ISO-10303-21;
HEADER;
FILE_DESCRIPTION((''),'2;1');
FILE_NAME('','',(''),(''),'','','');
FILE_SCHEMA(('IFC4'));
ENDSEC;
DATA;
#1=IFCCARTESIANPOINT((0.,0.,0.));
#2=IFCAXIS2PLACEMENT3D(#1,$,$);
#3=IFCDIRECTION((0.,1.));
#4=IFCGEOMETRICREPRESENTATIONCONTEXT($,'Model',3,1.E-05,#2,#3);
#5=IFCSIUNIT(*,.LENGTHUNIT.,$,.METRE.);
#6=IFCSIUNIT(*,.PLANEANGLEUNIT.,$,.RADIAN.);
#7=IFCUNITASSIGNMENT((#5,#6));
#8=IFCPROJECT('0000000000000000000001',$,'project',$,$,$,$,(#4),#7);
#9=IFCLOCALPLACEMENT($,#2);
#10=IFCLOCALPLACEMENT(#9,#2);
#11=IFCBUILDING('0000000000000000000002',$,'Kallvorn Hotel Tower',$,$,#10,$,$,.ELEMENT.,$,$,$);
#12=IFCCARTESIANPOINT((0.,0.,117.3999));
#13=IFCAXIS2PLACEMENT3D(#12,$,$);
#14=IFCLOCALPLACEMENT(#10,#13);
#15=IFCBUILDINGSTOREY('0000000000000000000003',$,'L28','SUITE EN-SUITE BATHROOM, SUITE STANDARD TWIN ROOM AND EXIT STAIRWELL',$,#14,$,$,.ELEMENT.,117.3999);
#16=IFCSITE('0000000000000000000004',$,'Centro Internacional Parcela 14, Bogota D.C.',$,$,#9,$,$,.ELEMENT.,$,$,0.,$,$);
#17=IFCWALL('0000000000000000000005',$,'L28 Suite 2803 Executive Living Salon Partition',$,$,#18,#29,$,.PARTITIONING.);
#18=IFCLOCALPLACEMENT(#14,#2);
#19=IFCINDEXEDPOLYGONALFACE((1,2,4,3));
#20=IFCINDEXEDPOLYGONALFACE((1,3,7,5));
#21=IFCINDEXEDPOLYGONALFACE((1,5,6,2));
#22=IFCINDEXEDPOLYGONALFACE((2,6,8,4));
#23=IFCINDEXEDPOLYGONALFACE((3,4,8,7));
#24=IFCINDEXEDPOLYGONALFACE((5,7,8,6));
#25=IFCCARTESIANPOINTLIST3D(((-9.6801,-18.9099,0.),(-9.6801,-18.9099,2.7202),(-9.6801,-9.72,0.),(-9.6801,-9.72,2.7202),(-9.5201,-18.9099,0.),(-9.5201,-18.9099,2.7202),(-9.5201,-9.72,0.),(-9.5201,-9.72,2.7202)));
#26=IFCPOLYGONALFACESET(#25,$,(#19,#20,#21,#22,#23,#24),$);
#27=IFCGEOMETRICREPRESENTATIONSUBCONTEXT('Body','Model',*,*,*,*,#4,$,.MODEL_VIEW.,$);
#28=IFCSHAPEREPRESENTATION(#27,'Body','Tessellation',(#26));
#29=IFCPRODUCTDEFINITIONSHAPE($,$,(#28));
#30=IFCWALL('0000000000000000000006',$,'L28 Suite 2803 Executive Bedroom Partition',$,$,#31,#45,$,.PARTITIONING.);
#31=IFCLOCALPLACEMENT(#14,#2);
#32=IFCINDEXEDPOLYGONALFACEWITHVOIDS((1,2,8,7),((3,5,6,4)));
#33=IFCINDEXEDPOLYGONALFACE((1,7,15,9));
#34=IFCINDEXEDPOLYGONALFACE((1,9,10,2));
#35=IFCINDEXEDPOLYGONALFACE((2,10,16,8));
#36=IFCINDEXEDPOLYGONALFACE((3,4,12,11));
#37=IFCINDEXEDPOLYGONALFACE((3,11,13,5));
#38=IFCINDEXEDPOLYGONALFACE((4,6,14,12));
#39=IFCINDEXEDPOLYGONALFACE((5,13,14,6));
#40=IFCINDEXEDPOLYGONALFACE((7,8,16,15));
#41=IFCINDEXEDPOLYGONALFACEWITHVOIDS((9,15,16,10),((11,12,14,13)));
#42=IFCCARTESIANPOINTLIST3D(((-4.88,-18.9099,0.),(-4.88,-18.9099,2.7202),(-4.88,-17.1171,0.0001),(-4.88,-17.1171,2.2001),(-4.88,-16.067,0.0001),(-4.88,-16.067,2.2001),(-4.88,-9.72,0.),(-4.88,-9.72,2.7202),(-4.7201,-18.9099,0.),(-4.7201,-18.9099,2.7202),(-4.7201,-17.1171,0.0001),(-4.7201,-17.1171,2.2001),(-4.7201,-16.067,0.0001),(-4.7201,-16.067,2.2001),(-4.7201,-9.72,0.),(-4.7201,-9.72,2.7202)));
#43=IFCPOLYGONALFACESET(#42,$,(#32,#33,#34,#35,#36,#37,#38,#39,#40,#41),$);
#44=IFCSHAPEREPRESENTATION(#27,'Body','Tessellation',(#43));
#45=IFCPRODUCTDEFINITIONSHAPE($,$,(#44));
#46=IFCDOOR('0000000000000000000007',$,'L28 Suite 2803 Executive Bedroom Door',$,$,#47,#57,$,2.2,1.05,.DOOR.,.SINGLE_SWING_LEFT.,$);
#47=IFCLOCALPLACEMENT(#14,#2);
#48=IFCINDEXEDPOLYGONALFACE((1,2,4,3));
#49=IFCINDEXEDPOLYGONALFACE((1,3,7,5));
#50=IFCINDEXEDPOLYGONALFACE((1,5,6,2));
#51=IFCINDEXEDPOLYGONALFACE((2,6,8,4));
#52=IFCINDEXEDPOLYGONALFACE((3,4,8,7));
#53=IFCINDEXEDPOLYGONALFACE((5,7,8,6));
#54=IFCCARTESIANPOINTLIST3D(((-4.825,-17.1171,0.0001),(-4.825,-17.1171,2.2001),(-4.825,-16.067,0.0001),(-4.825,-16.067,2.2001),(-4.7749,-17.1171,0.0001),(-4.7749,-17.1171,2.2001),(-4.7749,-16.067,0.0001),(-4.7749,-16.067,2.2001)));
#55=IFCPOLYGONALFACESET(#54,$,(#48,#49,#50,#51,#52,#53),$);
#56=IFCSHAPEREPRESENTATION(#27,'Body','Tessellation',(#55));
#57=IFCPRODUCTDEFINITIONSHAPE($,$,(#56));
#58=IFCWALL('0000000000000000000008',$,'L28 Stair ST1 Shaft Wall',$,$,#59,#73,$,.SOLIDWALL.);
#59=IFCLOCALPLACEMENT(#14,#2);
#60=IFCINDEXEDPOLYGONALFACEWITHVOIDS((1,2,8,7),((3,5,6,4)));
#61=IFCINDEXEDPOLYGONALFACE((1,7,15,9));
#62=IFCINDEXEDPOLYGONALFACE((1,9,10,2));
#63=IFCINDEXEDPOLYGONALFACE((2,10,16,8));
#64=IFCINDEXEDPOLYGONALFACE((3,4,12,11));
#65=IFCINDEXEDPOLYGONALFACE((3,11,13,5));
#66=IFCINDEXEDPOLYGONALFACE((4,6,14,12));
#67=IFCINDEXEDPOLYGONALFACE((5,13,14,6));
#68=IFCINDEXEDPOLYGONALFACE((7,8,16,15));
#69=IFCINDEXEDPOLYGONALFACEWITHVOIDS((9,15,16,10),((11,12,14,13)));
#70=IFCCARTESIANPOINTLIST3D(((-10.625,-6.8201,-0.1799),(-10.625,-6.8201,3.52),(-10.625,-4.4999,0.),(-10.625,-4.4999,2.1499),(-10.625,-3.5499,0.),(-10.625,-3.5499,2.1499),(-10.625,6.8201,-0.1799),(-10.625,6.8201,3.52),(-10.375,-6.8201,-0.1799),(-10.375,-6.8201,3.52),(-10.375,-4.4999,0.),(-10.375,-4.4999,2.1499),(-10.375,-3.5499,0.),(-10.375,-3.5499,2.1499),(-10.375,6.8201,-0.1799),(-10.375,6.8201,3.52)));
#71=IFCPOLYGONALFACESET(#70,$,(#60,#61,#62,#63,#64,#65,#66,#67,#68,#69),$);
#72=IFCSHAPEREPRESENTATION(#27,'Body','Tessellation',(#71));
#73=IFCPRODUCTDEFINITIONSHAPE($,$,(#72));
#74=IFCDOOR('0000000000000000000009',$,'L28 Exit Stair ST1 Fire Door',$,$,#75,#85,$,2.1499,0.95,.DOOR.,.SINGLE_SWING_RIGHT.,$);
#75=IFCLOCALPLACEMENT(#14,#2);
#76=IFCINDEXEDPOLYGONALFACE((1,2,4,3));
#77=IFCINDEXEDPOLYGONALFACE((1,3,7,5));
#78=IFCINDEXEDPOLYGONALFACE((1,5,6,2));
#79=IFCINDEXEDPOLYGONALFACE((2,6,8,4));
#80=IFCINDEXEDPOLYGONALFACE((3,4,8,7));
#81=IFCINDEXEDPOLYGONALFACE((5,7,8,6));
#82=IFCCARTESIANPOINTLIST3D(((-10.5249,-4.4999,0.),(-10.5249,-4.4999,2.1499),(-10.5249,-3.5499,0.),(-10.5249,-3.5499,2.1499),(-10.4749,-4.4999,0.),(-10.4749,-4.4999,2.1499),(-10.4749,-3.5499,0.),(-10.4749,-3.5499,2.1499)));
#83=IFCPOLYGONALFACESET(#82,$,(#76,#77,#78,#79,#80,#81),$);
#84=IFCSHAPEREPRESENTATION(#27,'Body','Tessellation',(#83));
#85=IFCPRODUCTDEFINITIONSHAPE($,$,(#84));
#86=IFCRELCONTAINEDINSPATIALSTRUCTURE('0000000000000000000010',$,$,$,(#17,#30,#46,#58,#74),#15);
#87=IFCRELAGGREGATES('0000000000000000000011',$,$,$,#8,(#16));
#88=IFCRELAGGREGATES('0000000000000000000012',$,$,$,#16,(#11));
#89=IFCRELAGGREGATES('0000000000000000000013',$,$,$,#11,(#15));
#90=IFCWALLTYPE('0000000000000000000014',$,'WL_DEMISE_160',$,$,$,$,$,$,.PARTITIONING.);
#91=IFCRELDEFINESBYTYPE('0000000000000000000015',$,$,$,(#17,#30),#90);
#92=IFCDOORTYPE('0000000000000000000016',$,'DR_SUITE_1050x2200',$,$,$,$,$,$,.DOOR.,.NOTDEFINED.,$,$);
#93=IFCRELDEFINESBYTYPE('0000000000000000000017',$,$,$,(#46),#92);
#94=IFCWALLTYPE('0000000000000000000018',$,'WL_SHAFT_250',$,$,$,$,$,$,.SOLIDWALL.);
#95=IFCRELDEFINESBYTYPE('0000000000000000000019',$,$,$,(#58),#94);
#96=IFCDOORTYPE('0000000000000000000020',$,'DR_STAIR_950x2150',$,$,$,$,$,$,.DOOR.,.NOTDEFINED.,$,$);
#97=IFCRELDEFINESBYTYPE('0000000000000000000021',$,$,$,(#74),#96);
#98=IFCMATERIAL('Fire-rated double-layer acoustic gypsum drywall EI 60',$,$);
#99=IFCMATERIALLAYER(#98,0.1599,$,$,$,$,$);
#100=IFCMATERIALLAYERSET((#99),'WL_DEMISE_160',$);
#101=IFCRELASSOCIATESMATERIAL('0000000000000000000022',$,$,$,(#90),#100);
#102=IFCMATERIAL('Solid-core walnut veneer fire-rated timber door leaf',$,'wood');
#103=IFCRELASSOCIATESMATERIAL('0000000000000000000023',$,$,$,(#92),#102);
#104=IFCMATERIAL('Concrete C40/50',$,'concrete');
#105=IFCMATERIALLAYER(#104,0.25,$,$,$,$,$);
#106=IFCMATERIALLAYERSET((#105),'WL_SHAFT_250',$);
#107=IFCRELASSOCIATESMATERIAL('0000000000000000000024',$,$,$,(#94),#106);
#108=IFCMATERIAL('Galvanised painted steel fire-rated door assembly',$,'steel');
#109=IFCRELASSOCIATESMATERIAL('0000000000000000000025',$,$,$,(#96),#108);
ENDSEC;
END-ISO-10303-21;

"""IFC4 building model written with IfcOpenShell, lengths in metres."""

from ifc_helpers import new_model, si_unit, direction, frame, frame_2d, origin, place, context, subcontext, project, spatial, rectangle, extrude, material, layer, layer_set, type_object, element, fill, save


model = new_model("IFC4")

# Units and contexts
model_context = context("Model", 3, precision=1e-05, world=origin(), true_north=direction((0.0, 1.0)))
body_context = subcontext(model_context, "Body", "Model", "MODEL_VIEW")
ifc_project = project(units=[si_unit("LENGTHUNIT", "METRE"), si_unit("PLANEANGLEUNIT", "RADIAN")], contexts=[model_context])

# Site, building, storey
site_placement = place(None, origin())
site = spatial("IfcSite", under=ifc_project, at=site_placement, Name="Centro Internacional Parcela 14, Bogota D.C.", CompositionType="ELEMENT", RefElevation=0.0)
building_placement = place(site_placement, origin())
building = spatial("IfcBuilding", under=site, at=building_placement, Name="Kallvorn Hotel Tower", CompositionType="ELEMENT")
storey_placement = place(building_placement, frame((0.0, 0.0, 117.3999)))
storey = spatial("IfcBuildingStorey", under=building, at=storey_placement, Name="L28", Description="SUITE EN-SUITE BATHROOM, SUITE STANDARD TWIN ROOM AND EXIT STAIRWELL", CompositionType="ELEMENT", Elevation=117.3999)

# Wall
ifc_material_1 = material(Name="Fire-rated double-layer acoustic gypsum drywall EI 60")
ifc_layer_1 = layer(ifc_material_1, 0.1599)
ifc_layer_set_1 = layer_set([ifc_layer_1], Name="WL_DEMISE_160")
wall_type_1 = type_object("IfcWallType", Name="WL_DEMISE_160", PredefinedType="PARTITIONING", material=ifc_layer_set_1)
wall_1_placement = place(storey_placement, frame((-9.6001, -18.9099, 0.0), z_axis=(0.0, 0.0, 1.0), x_axis=(0.0, 1.0, 0.0)))
element("IfcWall", 1, at=wall_1_placement, inside=storey, type_object=wall_type_1, Name="L28 Suite 2803 Executive Living Salon Partition", PredefinedType="PARTITIONING", context=body_context, shape_type="SweptSolid", body=[
    extrude(rectangle(XDim=9.1899, YDim=0.1599, at=frame_2d((4.595, 0.0))), origin(), (0.0, 0.0, 1.0), 2.7202),
])

# Walls, openings, doors
wall_2_placement = place(storey_placement, frame((-4.8, -18.9099, 0.0), z_axis=(0.0, 0.0, 1.0), x_axis=(0.0, 1.0, 0.0)))
wall_2 = element("IfcWall", 2, at=wall_2_placement, inside=storey, type_object=wall_type_1, Name="L28 Suite 2803 Executive Bedroom Partition", PredefinedType="PARTITIONING", context=body_context, shape_type="SweptSolid", body=[
    extrude(rectangle(XDim=9.1899, YDim=0.1599, at=frame_2d((4.595, 0.0))), origin(), (0.0, 0.0, 1.0), 2.7202),
])
opening_1_placement = place(wall_2_placement, frame((1.793, 0.0, 0.0)))
opening_1 = element("IfcOpeningElement", 3, at=opening_1_placement, cuts=wall_2, PredefinedType="OPENING", context=body_context, shape_type="SweptSolid", body=[
    extrude(rectangle(XDim=1.05, YDim=2.2, at=frame_2d((0.5249, 1.1001))), frame((0.0, 0.095, 0.0), z_axis=(0.0, -1.0, 0.0), x_axis=(1.0, 0.0, 0.0)), (0.0, 0.0, 1.0), 0.1899),
])
ifc_material_2 = material(Name="Solid-core walnut veneer fire-rated timber door leaf", Category="wood")
door_type_1 = type_object("IfcDoorType", Name="DR_SUITE_1050x2200", OperationType="NOTDEFINED", PredefinedType="DOOR", material=ifc_material_2)
door_1_placement = place(opening_1_placement, origin())
door_1 = element("IfcDoor", 4, at=door_1_placement, inside=storey, type_object=door_type_1, Name="L28 Suite 2803 Executive Bedroom Door", OperationType="SINGLE_SWING_LEFT", OverallHeight=2.2, OverallWidth=1.05, PredefinedType="DOOR", context=body_context, shape_type="SweptSolid", body=[
    extrude(rectangle(XDim=1.05, YDim=2.2, at=frame_2d((0.5249, 1.1001))), frame((0.0, 0.0249, 0.0), z_axis=(0.0, -1.0, 0.0), x_axis=(1.0, 0.0, 0.0)), (0.0, 0.0, 1.0), 0.05),
])
fill(opening_1, door_1)
ifc_material_3 = material(Name="Concrete C40/50", Category="concrete")
ifc_layer_2 = layer(ifc_material_3, 0.25)
ifc_layer_set_2 = layer_set([ifc_layer_2], Name="WL_SHAFT_250")
wall_type_2 = type_object("IfcWallType", Name="WL_SHAFT_250", PredefinedType="SOLIDWALL", material=ifc_layer_set_2)
wall_3_placement = place(storey_placement, frame((-10.5, -6.8201, -0.1799), z_axis=(0.0, 0.0, 1.0), x_axis=(0.0, 1.0, 0.0)))
wall_3 = element("IfcWall", 5, at=wall_3_placement, inside=storey, type_object=wall_type_2, Name="L28 Stair ST1 Shaft Wall", PredefinedType="SOLIDWALL", context=body_context, shape_type="SweptSolid", body=[
    extrude(rectangle(XDim=13.6401, YDim=0.25, at=frame_2d((6.8201, 0.0))), origin(), (0.0, 0.0, 1.0), 3.7),
])
opening_2_placement = place(wall_3_placement, frame((2.3201, 0.0, 0.1799)))
opening_2 = element("IfcOpeningElement", 6, at=opening_2_placement, cuts=wall_3, PredefinedType="OPENING", context=body_context, shape_type="SweptSolid", body=[
    extrude(rectangle(XDim=0.95, YDim=2.1499, at=frame_2d((0.4751, 1.075))), frame((0.0, 0.1399, 0.0), z_axis=(0.0, -1.0, 0.0), x_axis=(1.0, 0.0, 0.0)), (0.0, 0.0, 1.0), 0.28),
])
ifc_material_4 = material(Name="Galvanised painted steel fire-rated door assembly", Category="steel")
door_type_2 = type_object("IfcDoorType", Name="DR_STAIR_950x2150", OperationType="NOTDEFINED", PredefinedType="DOOR", material=ifc_material_4)
door_2_placement = place(opening_2_placement, origin())
door_2 = element("IfcDoor", 7, at=door_2_placement, inside=storey, type_object=door_type_2, Name="L28 Exit Stair ST1 Fire Door", OperationType="SINGLE_SWING_RIGHT", OverallHeight=2.1499, OverallWidth=0.95, PredefinedType="DOOR", context=body_context, shape_type="SweptSolid", body=[
    extrude(rectangle(XDim=0.95, YDim=2.1499, at=frame_2d((0.4751, 1.075))), frame((0.0, 0.0249, 0.0), z_axis=(0.0, -1.0, 0.0), x_axis=(1.0, 0.0, 0.0)), (0.0, 0.0, 1.0), 0.05),
])
fill(opening_2, door_2)

save(model, "model.ifc")
